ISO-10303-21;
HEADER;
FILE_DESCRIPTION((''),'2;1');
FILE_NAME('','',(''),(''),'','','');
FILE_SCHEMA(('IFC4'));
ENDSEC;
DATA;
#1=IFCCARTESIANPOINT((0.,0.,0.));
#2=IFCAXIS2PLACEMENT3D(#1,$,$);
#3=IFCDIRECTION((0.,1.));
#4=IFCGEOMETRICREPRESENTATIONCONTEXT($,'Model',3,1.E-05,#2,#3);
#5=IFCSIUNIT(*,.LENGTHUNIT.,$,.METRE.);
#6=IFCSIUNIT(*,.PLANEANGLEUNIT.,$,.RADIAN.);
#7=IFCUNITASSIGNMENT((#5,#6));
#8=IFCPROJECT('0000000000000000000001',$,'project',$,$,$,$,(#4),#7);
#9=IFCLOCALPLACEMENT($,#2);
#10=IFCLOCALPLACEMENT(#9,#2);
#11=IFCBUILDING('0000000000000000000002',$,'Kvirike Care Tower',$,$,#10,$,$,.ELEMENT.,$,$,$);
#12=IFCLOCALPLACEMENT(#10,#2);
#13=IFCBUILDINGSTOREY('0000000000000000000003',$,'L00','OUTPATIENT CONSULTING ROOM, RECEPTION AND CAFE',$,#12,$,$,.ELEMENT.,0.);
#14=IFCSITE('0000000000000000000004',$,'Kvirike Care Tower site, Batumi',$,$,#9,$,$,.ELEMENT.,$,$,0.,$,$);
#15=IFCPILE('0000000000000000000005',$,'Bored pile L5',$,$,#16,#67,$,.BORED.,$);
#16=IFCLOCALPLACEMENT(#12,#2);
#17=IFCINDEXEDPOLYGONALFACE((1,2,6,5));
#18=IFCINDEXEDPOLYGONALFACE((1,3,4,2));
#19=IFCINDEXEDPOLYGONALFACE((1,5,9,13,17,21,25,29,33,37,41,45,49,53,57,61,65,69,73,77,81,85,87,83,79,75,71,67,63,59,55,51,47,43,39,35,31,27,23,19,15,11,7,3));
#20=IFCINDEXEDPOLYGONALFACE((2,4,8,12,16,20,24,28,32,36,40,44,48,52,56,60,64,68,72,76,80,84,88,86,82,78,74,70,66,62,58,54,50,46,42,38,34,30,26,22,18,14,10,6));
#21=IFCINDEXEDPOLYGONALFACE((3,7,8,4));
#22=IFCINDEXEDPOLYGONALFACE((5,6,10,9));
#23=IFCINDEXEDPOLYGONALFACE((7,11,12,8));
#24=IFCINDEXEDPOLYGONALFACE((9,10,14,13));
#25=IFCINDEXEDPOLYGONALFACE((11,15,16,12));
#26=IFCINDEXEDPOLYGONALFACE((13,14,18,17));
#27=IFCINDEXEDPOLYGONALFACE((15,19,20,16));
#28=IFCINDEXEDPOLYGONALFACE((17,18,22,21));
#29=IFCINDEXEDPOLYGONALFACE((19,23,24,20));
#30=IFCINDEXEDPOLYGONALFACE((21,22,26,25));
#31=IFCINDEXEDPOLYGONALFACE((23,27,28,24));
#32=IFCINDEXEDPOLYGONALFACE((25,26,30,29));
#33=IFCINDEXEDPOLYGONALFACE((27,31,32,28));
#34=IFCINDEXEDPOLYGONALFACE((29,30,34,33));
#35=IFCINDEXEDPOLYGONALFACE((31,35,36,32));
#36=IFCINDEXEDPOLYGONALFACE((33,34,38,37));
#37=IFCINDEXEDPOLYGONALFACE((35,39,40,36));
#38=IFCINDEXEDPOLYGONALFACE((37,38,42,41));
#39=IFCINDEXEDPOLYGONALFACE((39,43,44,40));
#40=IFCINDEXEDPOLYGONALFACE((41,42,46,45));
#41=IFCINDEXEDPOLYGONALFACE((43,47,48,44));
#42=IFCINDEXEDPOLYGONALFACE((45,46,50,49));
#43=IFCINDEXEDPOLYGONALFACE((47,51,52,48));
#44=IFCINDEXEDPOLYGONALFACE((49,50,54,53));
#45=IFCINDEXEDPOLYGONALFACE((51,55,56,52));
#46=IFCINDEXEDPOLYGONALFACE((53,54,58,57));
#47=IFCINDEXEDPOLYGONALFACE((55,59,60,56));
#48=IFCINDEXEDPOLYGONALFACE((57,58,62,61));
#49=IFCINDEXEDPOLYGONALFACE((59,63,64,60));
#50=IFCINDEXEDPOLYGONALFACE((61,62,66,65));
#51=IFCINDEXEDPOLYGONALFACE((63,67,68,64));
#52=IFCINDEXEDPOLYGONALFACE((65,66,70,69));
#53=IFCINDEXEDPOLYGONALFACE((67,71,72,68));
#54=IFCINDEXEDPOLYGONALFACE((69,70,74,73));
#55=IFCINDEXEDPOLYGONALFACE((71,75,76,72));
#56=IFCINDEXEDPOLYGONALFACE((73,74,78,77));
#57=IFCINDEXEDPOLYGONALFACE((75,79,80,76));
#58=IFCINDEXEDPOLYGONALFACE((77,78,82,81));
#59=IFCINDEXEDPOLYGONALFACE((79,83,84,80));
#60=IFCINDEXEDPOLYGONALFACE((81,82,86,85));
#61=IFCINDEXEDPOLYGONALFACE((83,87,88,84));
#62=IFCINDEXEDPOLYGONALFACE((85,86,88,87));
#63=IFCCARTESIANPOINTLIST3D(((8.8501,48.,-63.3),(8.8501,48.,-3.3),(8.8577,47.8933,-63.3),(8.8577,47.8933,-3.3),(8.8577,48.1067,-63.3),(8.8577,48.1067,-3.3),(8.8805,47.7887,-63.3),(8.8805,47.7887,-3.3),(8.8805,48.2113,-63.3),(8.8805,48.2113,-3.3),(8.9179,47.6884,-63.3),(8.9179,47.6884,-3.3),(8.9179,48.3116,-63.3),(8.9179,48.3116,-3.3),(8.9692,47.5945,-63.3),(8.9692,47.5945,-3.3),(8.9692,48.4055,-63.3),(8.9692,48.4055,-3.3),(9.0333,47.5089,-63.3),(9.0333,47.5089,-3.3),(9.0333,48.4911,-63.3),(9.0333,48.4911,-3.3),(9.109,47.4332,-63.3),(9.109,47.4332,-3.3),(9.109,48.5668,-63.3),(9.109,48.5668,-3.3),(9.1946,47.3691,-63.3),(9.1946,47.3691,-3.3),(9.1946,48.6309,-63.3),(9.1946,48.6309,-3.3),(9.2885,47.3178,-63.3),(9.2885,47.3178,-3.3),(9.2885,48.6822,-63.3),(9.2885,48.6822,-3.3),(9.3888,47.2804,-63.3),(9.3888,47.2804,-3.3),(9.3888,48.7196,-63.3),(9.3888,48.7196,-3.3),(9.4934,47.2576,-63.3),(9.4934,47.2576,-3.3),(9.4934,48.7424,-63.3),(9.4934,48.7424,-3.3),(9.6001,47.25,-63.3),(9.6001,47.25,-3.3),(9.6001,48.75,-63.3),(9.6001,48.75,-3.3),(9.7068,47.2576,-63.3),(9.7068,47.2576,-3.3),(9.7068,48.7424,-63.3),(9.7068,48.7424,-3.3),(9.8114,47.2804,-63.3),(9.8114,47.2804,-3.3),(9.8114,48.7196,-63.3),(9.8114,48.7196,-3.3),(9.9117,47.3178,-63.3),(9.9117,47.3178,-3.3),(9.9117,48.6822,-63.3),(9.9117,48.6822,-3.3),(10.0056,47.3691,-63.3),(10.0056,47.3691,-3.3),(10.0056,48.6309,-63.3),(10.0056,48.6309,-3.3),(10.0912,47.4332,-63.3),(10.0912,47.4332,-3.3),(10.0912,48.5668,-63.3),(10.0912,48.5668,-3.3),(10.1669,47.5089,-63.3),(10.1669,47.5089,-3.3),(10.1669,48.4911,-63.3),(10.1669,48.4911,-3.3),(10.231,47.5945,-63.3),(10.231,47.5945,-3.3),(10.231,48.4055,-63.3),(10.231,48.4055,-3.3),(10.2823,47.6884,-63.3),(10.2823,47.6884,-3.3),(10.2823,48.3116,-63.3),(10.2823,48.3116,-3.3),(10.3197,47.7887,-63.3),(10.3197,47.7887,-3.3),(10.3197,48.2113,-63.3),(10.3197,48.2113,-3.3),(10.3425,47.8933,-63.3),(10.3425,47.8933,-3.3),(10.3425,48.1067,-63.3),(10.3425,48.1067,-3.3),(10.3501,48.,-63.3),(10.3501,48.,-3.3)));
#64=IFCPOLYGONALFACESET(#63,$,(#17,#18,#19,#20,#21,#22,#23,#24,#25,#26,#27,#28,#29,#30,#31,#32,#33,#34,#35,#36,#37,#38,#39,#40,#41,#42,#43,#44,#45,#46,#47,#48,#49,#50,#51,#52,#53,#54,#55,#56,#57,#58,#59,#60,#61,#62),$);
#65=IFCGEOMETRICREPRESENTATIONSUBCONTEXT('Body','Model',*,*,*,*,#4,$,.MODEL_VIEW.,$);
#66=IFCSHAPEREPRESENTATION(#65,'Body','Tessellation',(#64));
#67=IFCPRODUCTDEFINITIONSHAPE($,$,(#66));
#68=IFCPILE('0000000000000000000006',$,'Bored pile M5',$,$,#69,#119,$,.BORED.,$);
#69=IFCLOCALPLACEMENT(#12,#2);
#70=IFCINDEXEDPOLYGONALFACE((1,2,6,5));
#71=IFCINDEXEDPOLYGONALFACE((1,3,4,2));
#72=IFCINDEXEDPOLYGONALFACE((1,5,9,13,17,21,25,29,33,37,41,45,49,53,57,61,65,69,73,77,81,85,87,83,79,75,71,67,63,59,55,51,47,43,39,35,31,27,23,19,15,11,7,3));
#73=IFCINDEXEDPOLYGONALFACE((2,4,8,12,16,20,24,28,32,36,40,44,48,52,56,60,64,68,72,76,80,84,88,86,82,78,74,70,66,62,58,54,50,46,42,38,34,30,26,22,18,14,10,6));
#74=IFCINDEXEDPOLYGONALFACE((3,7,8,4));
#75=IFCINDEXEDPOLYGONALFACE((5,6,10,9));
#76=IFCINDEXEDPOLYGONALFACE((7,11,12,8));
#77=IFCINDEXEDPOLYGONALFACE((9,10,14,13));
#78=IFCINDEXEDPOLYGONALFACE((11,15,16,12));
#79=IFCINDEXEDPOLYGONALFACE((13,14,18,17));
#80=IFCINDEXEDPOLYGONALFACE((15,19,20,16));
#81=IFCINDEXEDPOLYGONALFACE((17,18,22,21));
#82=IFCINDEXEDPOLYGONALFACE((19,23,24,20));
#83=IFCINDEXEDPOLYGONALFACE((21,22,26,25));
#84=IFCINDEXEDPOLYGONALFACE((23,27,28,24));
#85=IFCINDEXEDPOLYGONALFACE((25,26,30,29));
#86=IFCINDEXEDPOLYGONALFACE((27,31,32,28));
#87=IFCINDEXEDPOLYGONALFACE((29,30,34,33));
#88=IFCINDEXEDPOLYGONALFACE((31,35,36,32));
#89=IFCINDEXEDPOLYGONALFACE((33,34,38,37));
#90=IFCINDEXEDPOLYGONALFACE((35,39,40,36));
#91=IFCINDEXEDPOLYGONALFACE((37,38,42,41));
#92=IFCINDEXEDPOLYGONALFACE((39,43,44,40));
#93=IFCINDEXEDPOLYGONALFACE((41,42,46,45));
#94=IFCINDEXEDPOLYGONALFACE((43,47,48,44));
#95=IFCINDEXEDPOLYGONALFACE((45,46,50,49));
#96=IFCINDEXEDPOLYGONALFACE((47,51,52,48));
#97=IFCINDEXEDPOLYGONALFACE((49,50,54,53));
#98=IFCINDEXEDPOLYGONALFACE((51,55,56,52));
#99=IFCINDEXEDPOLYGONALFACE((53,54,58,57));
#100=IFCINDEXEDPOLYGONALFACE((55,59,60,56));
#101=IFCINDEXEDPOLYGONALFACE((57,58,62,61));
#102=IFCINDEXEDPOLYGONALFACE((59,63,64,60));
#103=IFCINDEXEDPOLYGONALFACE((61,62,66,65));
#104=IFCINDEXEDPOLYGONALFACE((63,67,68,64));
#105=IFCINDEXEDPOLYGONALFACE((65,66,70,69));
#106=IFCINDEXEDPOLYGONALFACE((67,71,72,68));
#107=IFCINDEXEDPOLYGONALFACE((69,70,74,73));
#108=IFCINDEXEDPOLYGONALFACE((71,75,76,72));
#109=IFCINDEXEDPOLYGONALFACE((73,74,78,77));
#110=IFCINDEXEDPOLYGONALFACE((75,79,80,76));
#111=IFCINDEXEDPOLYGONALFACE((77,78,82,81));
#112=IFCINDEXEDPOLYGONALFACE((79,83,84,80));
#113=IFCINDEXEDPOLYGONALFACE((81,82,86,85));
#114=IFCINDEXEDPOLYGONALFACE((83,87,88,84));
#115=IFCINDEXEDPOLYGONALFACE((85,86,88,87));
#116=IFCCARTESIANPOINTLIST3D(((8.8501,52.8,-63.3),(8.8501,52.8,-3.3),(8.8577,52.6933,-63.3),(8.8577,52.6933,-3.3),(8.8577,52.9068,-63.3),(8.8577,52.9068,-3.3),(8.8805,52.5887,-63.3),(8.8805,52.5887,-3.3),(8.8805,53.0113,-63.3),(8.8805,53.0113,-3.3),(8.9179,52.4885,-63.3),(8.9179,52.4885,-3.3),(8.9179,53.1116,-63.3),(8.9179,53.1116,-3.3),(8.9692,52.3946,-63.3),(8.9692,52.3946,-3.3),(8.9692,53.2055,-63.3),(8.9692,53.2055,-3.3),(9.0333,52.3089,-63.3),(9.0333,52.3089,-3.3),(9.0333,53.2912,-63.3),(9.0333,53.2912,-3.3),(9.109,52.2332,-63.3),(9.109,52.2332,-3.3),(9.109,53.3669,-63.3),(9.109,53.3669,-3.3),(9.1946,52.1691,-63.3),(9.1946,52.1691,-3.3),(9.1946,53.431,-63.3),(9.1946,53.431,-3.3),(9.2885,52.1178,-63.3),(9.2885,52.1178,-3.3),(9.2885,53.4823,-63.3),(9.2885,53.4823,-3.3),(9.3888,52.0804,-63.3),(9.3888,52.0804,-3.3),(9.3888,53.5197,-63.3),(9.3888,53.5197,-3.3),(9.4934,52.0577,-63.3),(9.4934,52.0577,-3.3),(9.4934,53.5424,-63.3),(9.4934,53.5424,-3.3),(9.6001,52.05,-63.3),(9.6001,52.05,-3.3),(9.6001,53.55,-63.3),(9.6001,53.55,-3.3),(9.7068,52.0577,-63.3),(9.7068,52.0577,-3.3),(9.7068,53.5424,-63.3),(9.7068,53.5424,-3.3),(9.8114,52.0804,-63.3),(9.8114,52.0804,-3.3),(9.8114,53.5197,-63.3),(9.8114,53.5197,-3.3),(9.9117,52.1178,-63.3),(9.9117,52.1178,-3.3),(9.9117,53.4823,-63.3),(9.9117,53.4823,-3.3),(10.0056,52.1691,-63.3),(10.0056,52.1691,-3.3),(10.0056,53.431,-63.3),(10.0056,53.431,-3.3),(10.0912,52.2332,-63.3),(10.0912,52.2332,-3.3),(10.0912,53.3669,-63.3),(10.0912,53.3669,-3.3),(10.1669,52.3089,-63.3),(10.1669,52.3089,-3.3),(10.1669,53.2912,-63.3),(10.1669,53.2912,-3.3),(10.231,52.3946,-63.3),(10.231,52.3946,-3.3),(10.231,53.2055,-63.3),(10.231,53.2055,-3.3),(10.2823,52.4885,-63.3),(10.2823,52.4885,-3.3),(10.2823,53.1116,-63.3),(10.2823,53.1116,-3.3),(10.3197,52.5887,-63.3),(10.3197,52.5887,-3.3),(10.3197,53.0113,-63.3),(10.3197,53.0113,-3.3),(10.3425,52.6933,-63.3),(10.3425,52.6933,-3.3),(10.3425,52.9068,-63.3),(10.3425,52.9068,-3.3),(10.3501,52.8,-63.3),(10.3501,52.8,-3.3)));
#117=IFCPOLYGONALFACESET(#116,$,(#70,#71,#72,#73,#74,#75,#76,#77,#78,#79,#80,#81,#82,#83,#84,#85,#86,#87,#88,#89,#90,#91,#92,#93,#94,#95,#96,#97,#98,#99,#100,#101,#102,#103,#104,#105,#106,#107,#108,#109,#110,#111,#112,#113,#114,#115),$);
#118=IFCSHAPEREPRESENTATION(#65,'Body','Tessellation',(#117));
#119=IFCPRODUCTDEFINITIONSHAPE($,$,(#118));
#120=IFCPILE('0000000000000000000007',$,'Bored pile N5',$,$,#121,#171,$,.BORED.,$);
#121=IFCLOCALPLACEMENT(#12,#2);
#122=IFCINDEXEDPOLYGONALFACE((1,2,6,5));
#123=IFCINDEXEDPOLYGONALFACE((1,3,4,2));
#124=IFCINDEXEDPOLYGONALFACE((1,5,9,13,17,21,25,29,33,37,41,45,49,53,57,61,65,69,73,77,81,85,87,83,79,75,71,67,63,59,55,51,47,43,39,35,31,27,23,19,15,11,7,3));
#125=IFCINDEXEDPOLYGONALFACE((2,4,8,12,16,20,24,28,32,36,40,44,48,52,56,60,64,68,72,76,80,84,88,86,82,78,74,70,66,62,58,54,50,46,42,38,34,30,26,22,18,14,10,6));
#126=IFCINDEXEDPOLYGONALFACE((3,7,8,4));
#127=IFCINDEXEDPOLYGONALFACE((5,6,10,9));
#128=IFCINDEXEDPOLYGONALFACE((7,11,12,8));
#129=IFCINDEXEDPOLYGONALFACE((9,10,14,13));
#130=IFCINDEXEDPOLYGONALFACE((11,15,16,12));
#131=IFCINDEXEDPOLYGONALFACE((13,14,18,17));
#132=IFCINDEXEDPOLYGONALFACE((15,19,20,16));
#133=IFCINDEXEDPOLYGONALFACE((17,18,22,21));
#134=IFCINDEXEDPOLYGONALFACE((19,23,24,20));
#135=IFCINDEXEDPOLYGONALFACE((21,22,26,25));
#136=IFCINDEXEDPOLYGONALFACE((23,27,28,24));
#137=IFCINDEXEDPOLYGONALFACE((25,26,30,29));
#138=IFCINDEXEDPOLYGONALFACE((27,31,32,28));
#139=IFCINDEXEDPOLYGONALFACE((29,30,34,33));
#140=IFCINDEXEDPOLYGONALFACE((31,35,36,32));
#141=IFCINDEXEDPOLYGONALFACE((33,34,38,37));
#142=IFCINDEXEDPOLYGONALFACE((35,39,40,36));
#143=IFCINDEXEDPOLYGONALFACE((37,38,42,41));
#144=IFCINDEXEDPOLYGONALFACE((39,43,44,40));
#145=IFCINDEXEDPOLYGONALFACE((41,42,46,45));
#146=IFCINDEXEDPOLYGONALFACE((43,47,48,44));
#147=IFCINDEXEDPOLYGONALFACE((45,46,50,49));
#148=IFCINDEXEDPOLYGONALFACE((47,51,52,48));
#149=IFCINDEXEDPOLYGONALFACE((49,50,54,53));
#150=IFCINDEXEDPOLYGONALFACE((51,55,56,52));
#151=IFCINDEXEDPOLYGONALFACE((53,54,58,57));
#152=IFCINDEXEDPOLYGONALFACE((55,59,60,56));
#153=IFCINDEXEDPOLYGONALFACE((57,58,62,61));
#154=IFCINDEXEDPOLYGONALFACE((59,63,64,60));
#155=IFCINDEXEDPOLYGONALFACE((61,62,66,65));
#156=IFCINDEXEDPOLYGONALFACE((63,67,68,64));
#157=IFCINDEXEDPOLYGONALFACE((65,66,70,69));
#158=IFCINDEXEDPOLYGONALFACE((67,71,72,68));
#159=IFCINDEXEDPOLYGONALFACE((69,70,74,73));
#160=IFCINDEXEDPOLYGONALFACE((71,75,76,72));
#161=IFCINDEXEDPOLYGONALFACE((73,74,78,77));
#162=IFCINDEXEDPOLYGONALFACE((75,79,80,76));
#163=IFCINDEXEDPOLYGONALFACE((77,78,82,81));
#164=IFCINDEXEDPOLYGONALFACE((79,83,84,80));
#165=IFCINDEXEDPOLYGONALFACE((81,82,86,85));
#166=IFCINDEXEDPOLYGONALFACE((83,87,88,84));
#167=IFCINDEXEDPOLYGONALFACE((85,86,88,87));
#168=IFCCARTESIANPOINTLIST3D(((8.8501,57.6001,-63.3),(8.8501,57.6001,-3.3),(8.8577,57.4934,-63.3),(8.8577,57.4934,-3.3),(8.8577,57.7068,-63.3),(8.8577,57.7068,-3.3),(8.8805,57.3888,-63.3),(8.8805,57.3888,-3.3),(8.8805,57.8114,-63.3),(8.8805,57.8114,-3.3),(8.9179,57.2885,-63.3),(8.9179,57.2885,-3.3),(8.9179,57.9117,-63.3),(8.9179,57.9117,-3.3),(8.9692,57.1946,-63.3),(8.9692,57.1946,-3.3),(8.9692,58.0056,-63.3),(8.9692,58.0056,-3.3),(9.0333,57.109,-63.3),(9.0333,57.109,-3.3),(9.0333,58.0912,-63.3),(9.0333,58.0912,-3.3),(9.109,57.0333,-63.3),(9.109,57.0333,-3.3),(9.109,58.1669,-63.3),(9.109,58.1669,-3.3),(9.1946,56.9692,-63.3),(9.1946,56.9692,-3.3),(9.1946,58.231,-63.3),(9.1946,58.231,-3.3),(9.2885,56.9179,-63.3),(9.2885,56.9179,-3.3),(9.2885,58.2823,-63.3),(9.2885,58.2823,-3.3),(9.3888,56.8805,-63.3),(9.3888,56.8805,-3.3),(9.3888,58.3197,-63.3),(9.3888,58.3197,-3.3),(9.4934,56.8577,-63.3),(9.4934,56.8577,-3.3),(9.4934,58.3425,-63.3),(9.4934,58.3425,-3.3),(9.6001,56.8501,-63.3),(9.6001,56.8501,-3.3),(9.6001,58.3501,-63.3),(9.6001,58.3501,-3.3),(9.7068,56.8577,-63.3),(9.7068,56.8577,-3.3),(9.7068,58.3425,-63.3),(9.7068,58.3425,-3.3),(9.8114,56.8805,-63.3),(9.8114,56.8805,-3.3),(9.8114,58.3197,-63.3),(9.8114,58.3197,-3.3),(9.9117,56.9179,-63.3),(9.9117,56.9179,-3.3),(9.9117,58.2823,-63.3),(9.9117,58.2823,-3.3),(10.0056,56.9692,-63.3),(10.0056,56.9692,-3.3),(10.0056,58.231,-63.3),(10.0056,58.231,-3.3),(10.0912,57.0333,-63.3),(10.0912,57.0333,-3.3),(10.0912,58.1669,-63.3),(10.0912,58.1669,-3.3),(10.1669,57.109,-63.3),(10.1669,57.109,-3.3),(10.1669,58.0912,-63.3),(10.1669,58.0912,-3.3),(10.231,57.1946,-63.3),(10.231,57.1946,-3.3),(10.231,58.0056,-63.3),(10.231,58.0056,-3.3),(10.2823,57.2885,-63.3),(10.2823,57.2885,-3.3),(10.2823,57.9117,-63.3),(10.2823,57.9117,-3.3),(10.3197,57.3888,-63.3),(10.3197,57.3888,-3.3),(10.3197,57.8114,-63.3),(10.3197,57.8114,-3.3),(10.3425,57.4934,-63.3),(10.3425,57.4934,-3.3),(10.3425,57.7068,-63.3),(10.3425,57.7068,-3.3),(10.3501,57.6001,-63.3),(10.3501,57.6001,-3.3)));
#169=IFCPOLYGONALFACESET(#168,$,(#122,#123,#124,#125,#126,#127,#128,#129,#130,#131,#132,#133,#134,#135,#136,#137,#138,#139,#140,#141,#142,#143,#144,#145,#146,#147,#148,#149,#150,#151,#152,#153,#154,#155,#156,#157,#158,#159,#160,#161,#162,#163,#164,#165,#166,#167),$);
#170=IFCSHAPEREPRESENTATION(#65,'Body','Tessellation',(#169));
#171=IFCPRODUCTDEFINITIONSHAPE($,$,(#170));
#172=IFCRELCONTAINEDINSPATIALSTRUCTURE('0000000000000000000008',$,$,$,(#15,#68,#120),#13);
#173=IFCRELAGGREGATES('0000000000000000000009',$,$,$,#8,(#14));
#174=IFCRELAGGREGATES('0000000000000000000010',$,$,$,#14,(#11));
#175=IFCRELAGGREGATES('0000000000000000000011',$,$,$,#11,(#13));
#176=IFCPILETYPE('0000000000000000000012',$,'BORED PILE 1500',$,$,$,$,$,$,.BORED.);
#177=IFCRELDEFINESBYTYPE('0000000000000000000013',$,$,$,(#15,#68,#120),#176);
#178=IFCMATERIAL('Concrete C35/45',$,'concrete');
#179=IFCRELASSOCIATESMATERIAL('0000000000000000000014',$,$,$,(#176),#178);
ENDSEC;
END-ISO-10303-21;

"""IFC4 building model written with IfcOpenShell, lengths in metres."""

from ifc_helpers import new_model, si_unit, direction, frame, origin, origin_2d, place, context, subcontext, project, spatial, circle, extrude, material, material_profile, profile_set, type_object, element, save


model = new_model("IFC4")

# Units and contexts
model_context = context("Model", 3, precision=1e-05, world=origin(), true_north=direction((0.0, 1.0)))
body_context = subcontext(model_context, "Body", "Model", "MODEL_VIEW")
ifc_project = project(units=[si_unit("LENGTHUNIT", "METRE"), si_unit("PLANEANGLEUNIT", "RADIAN")], contexts=[model_context])

# Site, building, storey
site_placement = place(None, origin())
site = spatial("IfcSite", under=ifc_project, at=site_placement, Name="Kvirike Care Tower site, Batumi", CompositionType="ELEMENT", RefElevation=0.0)
building_placement = place(site_placement, origin())
building = spatial("IfcBuilding", under=site, at=building_placement, Name="Kvirike Care Tower", CompositionType="ELEMENT")
storey_placement = place(building_placement, origin())
storey = spatial("IfcBuildingStorey", under=building, at=storey_placement, Name="L00", Description="OUTPATIENT CONSULTING ROOM, RECEPTION AND CAFE", CompositionType="ELEMENT", Elevation=0.0)

# Piles
ifc_material_1 = material(Name="Concrete C35/45", Category="concrete")
ifc_material_profile_1 = material_profile(ifc_material_1, circle(Radius=0.75, at=origin_2d()), Name="BORED PILE 1500")
ifc_profile_set_1 = profile_set([ifc_material_profile_1], Name="Concrete C35/45")
pile_type = type_object("IfcPileType", Name="BORED PILE 1500", PredefinedType="BORED", material=ifc_profile_set_1)
for number, where, z_axis, x_axis, name in (
    (1, (9.6001, 48.0, -3.3), (0.0, 0.0, -1.0), (1.0, 0.0, 0.0), "Bored pile L5"),
    (2, (9.6001, 52.8, -3.3), (0.0, 0.0, -1.0), (1.0, 0.0, 0.0), "Bored pile M5"),
    (3, (9.6001, 57.6001, -3.3), (0.0, 0.0, -1.0), (1.0, 0.0, 0.0), "Bored pile N5"),
):
    element("IfcPile", number, at=place(storey_placement, frame(where, z_axis=z_axis, x_axis=x_axis)), inside=storey, type_object=pile_type, Name=name, PredefinedType="BORED", context=body_context, shape_type="SweptSolid", body=[
        extrude(circle(Radius=0.75, at=origin_2d()), origin(), (0.0, 0.0, 1.0), 60.0),
    ])

save(model, "model.ifc")
